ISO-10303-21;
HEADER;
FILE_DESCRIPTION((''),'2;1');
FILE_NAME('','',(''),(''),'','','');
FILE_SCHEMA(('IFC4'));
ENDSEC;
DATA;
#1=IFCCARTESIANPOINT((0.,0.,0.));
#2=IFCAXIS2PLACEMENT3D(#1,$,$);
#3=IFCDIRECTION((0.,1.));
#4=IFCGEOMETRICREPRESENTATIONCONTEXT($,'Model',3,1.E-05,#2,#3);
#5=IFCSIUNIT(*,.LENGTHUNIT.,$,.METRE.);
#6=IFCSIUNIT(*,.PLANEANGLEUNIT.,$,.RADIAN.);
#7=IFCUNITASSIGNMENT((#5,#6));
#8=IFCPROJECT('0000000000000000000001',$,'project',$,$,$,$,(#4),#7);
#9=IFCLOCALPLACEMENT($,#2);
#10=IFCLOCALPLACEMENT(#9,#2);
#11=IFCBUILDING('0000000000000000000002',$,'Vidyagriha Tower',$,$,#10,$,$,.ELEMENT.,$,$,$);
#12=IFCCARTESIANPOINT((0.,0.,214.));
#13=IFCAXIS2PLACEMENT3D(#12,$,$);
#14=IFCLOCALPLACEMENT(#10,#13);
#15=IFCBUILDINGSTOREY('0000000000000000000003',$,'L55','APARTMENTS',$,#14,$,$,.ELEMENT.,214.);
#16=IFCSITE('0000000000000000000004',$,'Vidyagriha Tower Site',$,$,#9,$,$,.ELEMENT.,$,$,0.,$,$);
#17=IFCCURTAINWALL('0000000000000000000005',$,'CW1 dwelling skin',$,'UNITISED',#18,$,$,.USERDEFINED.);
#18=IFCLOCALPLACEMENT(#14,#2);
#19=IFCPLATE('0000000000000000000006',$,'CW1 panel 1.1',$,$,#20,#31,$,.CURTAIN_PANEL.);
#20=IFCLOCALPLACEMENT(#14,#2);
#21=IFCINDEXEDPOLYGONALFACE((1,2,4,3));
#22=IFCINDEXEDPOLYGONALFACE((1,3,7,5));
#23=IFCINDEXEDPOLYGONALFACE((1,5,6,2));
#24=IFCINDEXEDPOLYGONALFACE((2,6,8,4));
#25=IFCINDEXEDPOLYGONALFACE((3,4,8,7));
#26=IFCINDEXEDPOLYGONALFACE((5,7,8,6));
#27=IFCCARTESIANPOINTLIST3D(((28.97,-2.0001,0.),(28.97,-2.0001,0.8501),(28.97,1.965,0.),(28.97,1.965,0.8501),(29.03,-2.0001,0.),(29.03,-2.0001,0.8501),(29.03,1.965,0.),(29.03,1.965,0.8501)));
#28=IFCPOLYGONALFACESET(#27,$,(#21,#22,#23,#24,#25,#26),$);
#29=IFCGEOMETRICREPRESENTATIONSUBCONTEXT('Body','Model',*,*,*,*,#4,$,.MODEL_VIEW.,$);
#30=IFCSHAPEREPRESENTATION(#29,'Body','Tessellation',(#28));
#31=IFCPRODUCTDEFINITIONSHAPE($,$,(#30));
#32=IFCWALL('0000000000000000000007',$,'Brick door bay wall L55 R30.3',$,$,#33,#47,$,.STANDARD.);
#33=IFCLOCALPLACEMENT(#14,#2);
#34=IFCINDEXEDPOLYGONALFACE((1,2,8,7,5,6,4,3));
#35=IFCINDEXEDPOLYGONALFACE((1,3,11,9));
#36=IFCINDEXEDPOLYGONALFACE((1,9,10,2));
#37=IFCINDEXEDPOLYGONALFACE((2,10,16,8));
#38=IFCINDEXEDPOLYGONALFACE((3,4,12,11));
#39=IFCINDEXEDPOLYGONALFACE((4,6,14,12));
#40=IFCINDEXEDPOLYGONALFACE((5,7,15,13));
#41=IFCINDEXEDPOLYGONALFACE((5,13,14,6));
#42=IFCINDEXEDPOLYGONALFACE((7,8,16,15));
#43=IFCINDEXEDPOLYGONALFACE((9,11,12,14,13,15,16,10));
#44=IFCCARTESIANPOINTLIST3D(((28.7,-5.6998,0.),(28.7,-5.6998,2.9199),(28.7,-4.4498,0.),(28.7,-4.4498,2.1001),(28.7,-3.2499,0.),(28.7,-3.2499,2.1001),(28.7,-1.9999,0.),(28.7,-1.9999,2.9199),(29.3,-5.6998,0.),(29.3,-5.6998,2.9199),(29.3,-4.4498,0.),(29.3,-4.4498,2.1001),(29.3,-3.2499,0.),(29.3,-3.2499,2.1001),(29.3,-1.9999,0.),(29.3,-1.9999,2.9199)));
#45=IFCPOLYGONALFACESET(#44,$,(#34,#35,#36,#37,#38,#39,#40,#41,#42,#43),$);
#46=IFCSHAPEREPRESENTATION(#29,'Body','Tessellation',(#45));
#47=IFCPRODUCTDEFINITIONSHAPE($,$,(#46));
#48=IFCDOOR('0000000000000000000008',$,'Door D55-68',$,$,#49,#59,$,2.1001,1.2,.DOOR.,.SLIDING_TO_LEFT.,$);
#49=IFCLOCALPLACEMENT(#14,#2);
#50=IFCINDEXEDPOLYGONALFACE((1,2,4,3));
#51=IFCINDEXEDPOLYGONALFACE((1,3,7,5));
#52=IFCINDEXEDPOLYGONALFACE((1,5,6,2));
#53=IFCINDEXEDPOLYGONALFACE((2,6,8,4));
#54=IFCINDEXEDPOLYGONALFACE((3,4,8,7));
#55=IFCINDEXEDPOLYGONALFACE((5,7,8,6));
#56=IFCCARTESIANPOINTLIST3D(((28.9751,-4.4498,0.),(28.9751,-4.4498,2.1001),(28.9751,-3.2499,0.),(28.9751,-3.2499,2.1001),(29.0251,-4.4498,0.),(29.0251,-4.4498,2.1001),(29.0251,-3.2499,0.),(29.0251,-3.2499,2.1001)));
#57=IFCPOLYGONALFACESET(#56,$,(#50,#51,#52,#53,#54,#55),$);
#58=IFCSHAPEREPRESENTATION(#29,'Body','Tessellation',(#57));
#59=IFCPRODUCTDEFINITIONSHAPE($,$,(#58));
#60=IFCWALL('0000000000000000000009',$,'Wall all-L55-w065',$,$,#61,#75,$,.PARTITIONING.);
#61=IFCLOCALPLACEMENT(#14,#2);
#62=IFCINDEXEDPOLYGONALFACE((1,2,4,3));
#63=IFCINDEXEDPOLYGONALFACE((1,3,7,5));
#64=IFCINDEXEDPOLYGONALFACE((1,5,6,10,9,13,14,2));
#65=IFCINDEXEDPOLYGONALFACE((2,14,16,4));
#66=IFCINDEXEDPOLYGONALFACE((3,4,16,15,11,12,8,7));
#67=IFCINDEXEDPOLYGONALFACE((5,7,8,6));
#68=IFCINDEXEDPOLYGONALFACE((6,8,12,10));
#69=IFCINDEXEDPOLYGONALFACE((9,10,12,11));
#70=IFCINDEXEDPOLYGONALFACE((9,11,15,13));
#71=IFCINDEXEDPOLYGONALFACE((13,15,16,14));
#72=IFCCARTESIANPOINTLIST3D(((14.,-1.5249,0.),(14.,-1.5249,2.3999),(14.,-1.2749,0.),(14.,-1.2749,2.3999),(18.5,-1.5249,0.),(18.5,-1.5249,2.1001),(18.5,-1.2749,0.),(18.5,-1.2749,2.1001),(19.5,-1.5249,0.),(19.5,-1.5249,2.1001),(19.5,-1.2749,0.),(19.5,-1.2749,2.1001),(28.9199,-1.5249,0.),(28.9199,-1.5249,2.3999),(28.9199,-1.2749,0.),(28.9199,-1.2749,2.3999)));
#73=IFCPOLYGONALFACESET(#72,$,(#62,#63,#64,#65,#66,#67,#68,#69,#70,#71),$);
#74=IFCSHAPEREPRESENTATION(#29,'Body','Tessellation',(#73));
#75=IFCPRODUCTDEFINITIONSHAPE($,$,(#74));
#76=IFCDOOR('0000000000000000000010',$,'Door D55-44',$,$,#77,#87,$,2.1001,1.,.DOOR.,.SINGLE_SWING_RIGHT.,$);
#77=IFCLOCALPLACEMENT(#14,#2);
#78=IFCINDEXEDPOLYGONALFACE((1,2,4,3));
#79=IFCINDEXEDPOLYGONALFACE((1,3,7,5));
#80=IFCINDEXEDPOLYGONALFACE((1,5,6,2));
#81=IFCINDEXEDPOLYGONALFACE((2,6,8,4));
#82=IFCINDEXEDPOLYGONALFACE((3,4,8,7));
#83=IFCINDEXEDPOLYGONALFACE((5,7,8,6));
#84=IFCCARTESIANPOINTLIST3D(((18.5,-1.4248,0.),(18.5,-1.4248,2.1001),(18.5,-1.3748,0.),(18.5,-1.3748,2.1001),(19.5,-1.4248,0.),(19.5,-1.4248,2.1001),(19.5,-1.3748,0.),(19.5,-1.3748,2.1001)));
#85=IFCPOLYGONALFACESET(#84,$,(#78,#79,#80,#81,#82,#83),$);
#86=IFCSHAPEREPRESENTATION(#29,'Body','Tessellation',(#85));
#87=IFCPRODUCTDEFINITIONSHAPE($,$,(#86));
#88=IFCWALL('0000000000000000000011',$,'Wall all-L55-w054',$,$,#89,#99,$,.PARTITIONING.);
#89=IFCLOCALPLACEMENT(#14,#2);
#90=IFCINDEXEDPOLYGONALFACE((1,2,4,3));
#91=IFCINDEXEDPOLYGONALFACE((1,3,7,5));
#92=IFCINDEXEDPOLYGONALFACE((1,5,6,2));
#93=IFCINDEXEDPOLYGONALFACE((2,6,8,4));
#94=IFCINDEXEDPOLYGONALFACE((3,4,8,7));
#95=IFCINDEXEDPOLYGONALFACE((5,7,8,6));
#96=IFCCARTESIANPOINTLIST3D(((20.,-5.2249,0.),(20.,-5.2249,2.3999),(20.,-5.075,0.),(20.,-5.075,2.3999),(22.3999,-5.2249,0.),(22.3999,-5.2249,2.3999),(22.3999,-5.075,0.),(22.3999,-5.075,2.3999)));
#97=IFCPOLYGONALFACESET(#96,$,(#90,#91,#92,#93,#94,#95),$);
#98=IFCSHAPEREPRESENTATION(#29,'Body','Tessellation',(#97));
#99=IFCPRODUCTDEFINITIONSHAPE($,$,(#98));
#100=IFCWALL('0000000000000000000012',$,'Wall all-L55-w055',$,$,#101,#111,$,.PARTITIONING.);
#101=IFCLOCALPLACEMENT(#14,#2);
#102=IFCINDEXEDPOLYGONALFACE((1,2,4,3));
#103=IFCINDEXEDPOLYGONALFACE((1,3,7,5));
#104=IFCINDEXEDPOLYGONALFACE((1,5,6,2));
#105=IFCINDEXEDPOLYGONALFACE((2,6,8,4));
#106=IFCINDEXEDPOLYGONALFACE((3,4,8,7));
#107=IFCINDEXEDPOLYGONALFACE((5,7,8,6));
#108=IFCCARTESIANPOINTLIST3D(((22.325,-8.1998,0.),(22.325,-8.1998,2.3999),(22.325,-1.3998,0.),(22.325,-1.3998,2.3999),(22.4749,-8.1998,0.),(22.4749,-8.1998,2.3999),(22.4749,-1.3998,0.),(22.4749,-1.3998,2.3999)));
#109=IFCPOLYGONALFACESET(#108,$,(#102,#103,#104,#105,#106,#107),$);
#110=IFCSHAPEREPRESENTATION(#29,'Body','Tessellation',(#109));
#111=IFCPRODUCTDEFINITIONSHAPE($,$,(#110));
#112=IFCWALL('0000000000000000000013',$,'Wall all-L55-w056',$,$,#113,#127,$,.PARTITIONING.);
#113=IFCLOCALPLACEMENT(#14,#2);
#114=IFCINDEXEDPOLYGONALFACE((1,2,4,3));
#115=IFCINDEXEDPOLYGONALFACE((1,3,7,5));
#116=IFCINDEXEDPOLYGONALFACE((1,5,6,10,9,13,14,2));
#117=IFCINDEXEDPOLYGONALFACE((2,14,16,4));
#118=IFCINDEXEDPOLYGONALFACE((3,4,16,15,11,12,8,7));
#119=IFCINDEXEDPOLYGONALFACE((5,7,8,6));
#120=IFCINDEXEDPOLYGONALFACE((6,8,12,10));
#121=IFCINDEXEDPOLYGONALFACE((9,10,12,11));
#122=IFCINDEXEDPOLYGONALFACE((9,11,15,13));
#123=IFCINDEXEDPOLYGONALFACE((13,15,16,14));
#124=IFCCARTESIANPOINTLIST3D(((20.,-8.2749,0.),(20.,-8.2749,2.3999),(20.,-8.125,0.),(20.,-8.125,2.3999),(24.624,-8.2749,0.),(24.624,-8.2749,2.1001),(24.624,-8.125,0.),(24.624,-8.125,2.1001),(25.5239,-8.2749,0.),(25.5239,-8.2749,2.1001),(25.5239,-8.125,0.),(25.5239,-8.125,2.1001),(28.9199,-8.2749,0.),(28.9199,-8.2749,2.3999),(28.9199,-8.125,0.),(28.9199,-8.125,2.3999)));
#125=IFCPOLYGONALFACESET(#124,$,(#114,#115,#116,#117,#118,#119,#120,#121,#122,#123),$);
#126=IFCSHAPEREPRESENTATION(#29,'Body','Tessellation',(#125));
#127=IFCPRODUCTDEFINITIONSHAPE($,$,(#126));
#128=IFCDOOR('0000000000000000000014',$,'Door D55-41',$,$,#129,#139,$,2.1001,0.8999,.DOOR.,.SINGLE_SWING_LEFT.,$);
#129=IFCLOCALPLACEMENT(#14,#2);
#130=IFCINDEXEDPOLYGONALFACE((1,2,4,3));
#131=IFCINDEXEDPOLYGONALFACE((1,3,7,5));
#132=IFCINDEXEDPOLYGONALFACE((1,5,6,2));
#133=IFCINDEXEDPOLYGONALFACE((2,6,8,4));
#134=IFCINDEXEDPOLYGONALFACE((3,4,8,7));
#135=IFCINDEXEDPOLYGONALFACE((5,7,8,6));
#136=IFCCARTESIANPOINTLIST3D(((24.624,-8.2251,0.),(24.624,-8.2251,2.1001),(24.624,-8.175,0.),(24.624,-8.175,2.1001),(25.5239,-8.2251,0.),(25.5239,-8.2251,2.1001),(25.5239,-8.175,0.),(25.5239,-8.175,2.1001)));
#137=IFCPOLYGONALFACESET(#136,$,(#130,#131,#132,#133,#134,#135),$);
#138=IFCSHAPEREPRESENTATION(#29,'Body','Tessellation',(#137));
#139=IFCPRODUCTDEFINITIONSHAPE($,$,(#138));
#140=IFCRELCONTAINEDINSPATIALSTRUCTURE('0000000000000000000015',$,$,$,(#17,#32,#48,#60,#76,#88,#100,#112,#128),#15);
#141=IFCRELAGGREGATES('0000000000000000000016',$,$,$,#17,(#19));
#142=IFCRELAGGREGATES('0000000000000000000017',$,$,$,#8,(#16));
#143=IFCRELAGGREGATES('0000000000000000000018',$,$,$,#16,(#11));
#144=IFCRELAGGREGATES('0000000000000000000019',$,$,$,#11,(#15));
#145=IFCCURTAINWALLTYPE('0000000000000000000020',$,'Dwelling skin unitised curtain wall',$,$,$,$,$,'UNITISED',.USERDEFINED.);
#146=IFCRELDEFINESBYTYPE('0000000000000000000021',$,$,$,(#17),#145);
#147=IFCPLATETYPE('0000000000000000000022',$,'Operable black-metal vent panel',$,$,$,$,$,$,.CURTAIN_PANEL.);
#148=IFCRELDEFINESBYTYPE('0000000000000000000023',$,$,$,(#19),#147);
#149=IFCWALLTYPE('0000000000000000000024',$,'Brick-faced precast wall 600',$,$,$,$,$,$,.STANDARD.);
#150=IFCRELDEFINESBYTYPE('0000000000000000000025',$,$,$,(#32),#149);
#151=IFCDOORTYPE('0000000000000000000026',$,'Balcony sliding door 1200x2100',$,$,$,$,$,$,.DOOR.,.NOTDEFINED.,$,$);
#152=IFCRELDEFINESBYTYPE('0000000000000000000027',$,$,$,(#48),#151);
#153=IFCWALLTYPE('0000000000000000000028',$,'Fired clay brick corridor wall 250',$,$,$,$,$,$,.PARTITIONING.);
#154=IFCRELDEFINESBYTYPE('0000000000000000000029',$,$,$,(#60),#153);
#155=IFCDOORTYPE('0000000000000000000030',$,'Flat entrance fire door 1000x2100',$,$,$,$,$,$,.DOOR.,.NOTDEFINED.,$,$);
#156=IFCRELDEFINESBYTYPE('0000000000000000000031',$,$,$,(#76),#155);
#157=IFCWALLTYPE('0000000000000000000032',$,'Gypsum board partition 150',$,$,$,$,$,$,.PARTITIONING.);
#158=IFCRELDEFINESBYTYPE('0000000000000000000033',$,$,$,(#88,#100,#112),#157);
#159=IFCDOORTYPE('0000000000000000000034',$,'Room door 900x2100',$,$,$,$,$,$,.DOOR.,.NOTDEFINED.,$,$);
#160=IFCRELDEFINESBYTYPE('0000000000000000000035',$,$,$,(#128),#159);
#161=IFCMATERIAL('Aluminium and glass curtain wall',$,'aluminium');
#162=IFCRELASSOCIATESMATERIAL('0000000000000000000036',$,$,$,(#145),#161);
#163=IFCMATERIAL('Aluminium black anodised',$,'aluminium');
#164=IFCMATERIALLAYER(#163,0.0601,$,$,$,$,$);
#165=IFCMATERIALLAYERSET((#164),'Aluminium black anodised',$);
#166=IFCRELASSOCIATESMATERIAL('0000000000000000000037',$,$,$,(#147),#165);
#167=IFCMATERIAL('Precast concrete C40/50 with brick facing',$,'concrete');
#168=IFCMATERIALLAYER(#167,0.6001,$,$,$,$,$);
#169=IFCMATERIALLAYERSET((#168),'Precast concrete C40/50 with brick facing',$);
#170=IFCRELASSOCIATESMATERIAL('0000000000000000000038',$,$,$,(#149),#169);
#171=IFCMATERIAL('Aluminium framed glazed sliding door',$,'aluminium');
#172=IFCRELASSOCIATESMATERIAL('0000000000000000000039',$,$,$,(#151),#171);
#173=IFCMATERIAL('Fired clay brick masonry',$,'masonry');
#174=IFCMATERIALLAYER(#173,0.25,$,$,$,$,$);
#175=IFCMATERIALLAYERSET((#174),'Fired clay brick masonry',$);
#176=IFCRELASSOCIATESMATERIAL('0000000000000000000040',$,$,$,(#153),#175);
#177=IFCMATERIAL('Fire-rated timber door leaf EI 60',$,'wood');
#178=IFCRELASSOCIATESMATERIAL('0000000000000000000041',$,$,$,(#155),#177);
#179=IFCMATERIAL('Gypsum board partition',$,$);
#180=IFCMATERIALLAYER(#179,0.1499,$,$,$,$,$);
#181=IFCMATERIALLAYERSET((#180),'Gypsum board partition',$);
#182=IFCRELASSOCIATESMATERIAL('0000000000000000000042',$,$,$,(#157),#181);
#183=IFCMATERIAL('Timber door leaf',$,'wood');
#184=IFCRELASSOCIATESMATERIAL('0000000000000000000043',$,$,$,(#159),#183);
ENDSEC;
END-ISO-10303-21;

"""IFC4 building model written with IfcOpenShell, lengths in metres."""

from ifc_helpers import new_model, si_unit, direction, frame, frame_2d, origin, origin_2d, place, context, subcontext, project, spatial, rectangle, extrude, material, layer, layer_set, type_object, element, fill, aggregate, save


model = new_model("IFC4")

# Units and contexts
model_context = context("Model", 3, precision=1e-05, world=origin(), true_north=direction((0.0, 1.0)))
body_context = subcontext(model_context, "Body", "Model", "MODEL_VIEW")
ifc_project = project(units=[si_unit("LENGTHUNIT", "METRE"), si_unit("PLANEANGLEUNIT", "RADIAN")], contexts=[model_context])

# Site, building, storey
site_placement = place(None, origin())
site = spatial("IfcSite", under=ifc_project, at=site_placement, Name="Vidyagriha Tower Site", CompositionType="ELEMENT", RefElevation=0.0)
building_placement = place(site_placement, origin())
building = spatial("IfcBuilding", under=site, at=building_placement, Name="Vidyagriha Tower", CompositionType="ELEMENT")
storey_placement = place(building_placement, frame((0.0, 0.0, 214.0)))
storey = spatial("IfcBuildingStorey", under=building, at=storey_placement, Name="L55", Description="APARTMENTS", CompositionType="ELEMENT", Elevation=214.0)

# Shared definitions
ifc_material_1 = material(Name="Aluminium and glass curtain wall", Category="aluminium")
curtain_wall_type = type_object("IfcCurtainWallType", Name="Dwelling skin unitised curtain wall", ElementType="UNITISED", PredefinedType="USERDEFINED", material=ifc_material_1)

# Curtain wall
curtain_wall_1_placement = place(storey_placement, origin())
curtain_wall_1 = element("IfcCurtainWall", 1, at=curtain_wall_1_placement, inside=storey, type_object=curtain_wall_type, Name="CW1 dwelling skin", ObjectType="UNITISED", PredefinedType="USERDEFINED")

# Plate
ifc_material_2 = material(Name="Aluminium black anodised", Category="aluminium")
ifc_layer_1 = layer(ifc_material_2, 0.0601)
ifc_layer_set_1 = layer_set([ifc_layer_1], Name="Aluminium black anodised")
plate_type_1 = type_object("IfcPlateType", Name="Operable black-metal vent panel", PredefinedType="CURTAIN_PANEL", material=ifc_layer_set_1)
plate_1_placement = place(storey_placement, frame((29.0, -0.0176, 0.0), z_axis=(0.0, 0.0, 1.0), x_axis=(0.0, 1.0, 0.0)))
plate_1 = element("IfcPlate", 2, at=plate_1_placement, type_object=plate_type_1, Name="CW1 panel 1.1", PredefinedType="CURTAIN_PANEL", context=body_context, shape_type="SweptSolid", body=[
    extrude(rectangle(XDim=3.9651, YDim=0.0601, at=origin_2d()), origin(), (0.0, 0.0, 1.0), 0.8501),
])
aggregate(curtain_wall_1, [plate_1])

# Walls, openings, doors
ifc_material_3 = material(Name="Precast concrete C40/50 with brick facing", Category="concrete")
ifc_layer_2 = layer(ifc_material_3, 0.6001)
ifc_layer_set_2 = layer_set([ifc_layer_2], Name="Precast concrete C40/50 with brick facing")
wall_type_1 = type_object("IfcWallType", Name="Brick-faced precast wall 600", PredefinedType="STANDARD", material=ifc_layer_set_2)
wall_1_placement = place(storey_placement, frame((29.0, -5.7, 0.0), z_axis=(0.0, 0.0, 1.0), x_axis=(0.0, 1.0, 0.0)))
wall_1 = element("IfcWall", 3, at=wall_1_placement, inside=storey, type_object=wall_type_1, Name="Brick door bay wall L55 R30.3", PredefinedType="STANDARD", context=body_context, shape_type="SweptSolid", body=[
    extrude(rectangle(XDim=3.7, YDim=0.6001, at=frame_2d((1.8501, 0.0))), origin(), (0.0, 0.0, 1.0), 2.9199),
])
opening_1_placement = place(wall_1_placement, frame((1.25, 0.0, 0.0)))
opening_1 = element("IfcOpeningElement", 4, at=opening_1_placement, cuts=wall_1, PredefinedType="OPENING", context=body_context, shape_type="SweptSolid", body=[
    extrude(rectangle(XDim=1.2, YDim=2.1001, at=frame_2d((0.6001, 1.05))), frame((0.0, 0.3101, 0.0), z_axis=(0.0, -1.0, 0.0), x_axis=(1.0, 0.0, 0.0)), (0.0, 0.0, 1.0), 0.6201),
])
ifc_material_4 = material(Name="Aluminium framed glazed sliding door", Category="aluminium")
door_type_1 = type_object("IfcDoorType", Name="Balcony sliding door 1200x2100", OperationType="NOTDEFINED", PredefinedType="DOOR", material=ifc_material_4)
door_1_placement = place(opening_1_placement, origin())
door_1 = element("IfcDoor", 5, at=door_1_placement, inside=storey, type_object=door_type_1, Name="Door D55-68", OperationType="SLIDING_TO_LEFT", OverallHeight=2.1001, OverallWidth=1.2, PredefinedType="DOOR", context=body_context, shape_type="SweptSolid", body=[
    extrude(rectangle(XDim=1.2, YDim=2.1001, at=frame_2d((0.6001, 1.05))), frame((0.0, 0.0249, 0.0), z_axis=(0.0, -1.0, 0.0), x_axis=(1.0, 0.0, 0.0)), (0.0, 0.0, 1.0), 0.05),
])
fill(opening_1, door_1)
ifc_material_5 = material(Name="Fired clay brick masonry", Category="masonry")
ifc_layer_3 = layer(ifc_material_5, 0.25)
ifc_layer_set_3 = layer_set([ifc_layer_3], Name="Fired clay brick masonry")
wall_type_2 = type_object("IfcWallType", Name="Fired clay brick corridor wall 250", PredefinedType="PARTITIONING", material=ifc_layer_set_3)
wall_2_placement = place(storey_placement, frame((28.9199, -1.3999, 0.0), z_axis=(0.0, 0.0, 1.0), x_axis=(-1.0, 0.0, 0.0)))
wall_2 = element("IfcWall", 6, at=wall_2_placement, inside=storey, type_object=wall_type_2, Name="Wall all-L55-w065", PredefinedType="PARTITIONING", context=body_context, shape_type="SweptSolid", body=[
    extrude(rectangle(XDim=14.9199, YDim=0.25, at=frame_2d((7.46, 0.0))), origin(), (0.0, 0.0, 1.0), 2.3999),
])
opening_2_placement = place(wall_2_placement, frame((9.4199, 0.0, 0.0)))
opening_2 = element("IfcOpeningElement", 7, at=opening_2_placement, cuts=wall_2, PredefinedType="OPENING", context=body_context, shape_type="SweptSolid", body=[
    extrude(rectangle(XDim=1.0, YDim=2.1001, at=frame_2d((0.5, 1.05))), frame((0.0, 0.135, 0.0), z_axis=(0.0, -1.0, 0.0), x_axis=(1.0, 0.0, 0.0)), (0.0, 0.0, 1.0), 0.27),
])
ifc_material_6 = material(Name="Fire-rated timber door leaf EI 60", Category="wood")
door_type_2 = type_object("IfcDoorType", Name="Flat entrance fire door 1000x2100", OperationType="NOTDEFINED", PredefinedType="DOOR", material=ifc_material_6)
door_2_placement = place(opening_2_placement, origin())
door_2 = element("IfcDoor", 8, at=door_2_placement, inside=storey, type_object=door_type_2, Name="Door D55-44", OperationType="SINGLE_SWING_RIGHT", OverallHeight=2.1001, OverallWidth=1.0, PredefinedType="DOOR", context=body_context, shape_type="SweptSolid", body=[
    extrude(rectangle(XDim=1.0, YDim=2.1001, at=frame_2d((0.5, 1.05))), frame((0.0, 0.0249, 0.0), z_axis=(0.0, -1.0, 0.0), x_axis=(1.0, 0.0, 0.0)), (0.0, 0.0, 1.0), 0.05),
])
fill(opening_2, door_2)

# Walls
ifc_material_7 = material(Name="Gypsum board partition")
ifc_layer_4 = layer(ifc_material_7, 0.1499)
ifc_layer_set_4 = layer_set([ifc_layer_4], Name="Gypsum board partition")
wall_type_3 = type_object("IfcWallType", Name="Gypsum board partition 150", PredefinedType="PARTITIONING", material=ifc_layer_set_4)
wall_3_placement = place(storey_placement, frame((22.3999, -5.1499, 0.0), z_axis=(0.0, 0.0, 1.0), x_axis=(-1.0, 0.0, 0.0)))
element("IfcWall", 9, at=wall_3_placement, inside=storey, type_object=wall_type_3, Name="Wall all-L55-w054", PredefinedType="PARTITIONING", context=body_context, shape_type="SweptSolid", body=[
    extrude(rectangle(XDim=2.3999, YDim=0.1499, at=frame_2d((1.2, 0.0))), origin(), (0.0, 0.0, 1.0), 2.3999),
])
wall_4_placement = place(storey_placement, frame((22.3999, -1.3999, 0.0), z_axis=(0.0, 0.0, 1.0), x_axis=(0.0, -1.0, 0.0)))
element("IfcWall", 10, at=wall_4_placement, inside=storey, type_object=wall_type_3, Name="Wall all-L55-w055", PredefinedType="PARTITIONING", context=body_context, shape_type="SweptSolid", body=[
    extrude(rectangle(XDim=6.8, YDim=0.1499, at=frame_2d((3.3999, 0.0))), origin(), (0.0, 0.0, 1.0), 2.3999),
])

# Wall, opening, door
wall_5_placement = place(storey_placement, frame((20.0, -8.2, 0.0)))
wall_5 = element("IfcWall", 11, at=wall_5_placement, inside=storey, type_object=wall_type_3, Name="Wall all-L55-w056", PredefinedType="PARTITIONING", context=body_context, shape_type="SweptSolid", body=[
    extrude(rectangle(XDim=8.9199, YDim=0.1499, at=frame_2d((4.46, 0.0))), origin(), (0.0, 0.0, 1.0), 2.3999),
])
opening_3_placement = place(wall_5_placement, frame((4.624, 0.0, 0.0)))
opening_3 = element("IfcOpeningElement", 12, at=opening_3_placement, cuts=wall_5, PredefinedType="OPENING", context=body_context, shape_type="SweptSolid", body=[
    extrude(rectangle(XDim=0.8999, YDim=2.1001, at=frame_2d((0.45, 1.05))), frame((0.0, 0.085, 0.0), z_axis=(0.0, -1.0, 0.0), x_axis=(1.0, 0.0, 0.0)), (0.0, 0.0, 1.0), 0.1699),
])
ifc_material_8 = material(Name="Timber door leaf", Category="wood")
door_type_3 = type_object("IfcDoorType", Name="Room door 900x2100", OperationType="NOTDEFINED", PredefinedType="DOOR", material=ifc_material_8)
door_3_placement = place(opening_3_placement, origin())
door_3 = element("IfcDoor", 13, at=door_3_placement, inside=storey, type_object=door_type_3, Name="Door D55-41", OperationType="SINGLE_SWING_LEFT", OverallHeight=2.1001, OverallWidth=0.8999, PredefinedType="DOOR", context=body_context, shape_type="SweptSolid", body=[
    extrude(rectangle(XDim=0.8999, YDim=2.1001, at=frame_2d((0.45, 1.05))), frame((0.0, 0.0249, 0.0), z_axis=(0.0, -1.0, 0.0), x_axis=(1.0, 0.0, 0.0)), (0.0, 0.0, 1.0), 0.05),
])
fill(opening_3, door_3)

save(model, "model.ifc")
